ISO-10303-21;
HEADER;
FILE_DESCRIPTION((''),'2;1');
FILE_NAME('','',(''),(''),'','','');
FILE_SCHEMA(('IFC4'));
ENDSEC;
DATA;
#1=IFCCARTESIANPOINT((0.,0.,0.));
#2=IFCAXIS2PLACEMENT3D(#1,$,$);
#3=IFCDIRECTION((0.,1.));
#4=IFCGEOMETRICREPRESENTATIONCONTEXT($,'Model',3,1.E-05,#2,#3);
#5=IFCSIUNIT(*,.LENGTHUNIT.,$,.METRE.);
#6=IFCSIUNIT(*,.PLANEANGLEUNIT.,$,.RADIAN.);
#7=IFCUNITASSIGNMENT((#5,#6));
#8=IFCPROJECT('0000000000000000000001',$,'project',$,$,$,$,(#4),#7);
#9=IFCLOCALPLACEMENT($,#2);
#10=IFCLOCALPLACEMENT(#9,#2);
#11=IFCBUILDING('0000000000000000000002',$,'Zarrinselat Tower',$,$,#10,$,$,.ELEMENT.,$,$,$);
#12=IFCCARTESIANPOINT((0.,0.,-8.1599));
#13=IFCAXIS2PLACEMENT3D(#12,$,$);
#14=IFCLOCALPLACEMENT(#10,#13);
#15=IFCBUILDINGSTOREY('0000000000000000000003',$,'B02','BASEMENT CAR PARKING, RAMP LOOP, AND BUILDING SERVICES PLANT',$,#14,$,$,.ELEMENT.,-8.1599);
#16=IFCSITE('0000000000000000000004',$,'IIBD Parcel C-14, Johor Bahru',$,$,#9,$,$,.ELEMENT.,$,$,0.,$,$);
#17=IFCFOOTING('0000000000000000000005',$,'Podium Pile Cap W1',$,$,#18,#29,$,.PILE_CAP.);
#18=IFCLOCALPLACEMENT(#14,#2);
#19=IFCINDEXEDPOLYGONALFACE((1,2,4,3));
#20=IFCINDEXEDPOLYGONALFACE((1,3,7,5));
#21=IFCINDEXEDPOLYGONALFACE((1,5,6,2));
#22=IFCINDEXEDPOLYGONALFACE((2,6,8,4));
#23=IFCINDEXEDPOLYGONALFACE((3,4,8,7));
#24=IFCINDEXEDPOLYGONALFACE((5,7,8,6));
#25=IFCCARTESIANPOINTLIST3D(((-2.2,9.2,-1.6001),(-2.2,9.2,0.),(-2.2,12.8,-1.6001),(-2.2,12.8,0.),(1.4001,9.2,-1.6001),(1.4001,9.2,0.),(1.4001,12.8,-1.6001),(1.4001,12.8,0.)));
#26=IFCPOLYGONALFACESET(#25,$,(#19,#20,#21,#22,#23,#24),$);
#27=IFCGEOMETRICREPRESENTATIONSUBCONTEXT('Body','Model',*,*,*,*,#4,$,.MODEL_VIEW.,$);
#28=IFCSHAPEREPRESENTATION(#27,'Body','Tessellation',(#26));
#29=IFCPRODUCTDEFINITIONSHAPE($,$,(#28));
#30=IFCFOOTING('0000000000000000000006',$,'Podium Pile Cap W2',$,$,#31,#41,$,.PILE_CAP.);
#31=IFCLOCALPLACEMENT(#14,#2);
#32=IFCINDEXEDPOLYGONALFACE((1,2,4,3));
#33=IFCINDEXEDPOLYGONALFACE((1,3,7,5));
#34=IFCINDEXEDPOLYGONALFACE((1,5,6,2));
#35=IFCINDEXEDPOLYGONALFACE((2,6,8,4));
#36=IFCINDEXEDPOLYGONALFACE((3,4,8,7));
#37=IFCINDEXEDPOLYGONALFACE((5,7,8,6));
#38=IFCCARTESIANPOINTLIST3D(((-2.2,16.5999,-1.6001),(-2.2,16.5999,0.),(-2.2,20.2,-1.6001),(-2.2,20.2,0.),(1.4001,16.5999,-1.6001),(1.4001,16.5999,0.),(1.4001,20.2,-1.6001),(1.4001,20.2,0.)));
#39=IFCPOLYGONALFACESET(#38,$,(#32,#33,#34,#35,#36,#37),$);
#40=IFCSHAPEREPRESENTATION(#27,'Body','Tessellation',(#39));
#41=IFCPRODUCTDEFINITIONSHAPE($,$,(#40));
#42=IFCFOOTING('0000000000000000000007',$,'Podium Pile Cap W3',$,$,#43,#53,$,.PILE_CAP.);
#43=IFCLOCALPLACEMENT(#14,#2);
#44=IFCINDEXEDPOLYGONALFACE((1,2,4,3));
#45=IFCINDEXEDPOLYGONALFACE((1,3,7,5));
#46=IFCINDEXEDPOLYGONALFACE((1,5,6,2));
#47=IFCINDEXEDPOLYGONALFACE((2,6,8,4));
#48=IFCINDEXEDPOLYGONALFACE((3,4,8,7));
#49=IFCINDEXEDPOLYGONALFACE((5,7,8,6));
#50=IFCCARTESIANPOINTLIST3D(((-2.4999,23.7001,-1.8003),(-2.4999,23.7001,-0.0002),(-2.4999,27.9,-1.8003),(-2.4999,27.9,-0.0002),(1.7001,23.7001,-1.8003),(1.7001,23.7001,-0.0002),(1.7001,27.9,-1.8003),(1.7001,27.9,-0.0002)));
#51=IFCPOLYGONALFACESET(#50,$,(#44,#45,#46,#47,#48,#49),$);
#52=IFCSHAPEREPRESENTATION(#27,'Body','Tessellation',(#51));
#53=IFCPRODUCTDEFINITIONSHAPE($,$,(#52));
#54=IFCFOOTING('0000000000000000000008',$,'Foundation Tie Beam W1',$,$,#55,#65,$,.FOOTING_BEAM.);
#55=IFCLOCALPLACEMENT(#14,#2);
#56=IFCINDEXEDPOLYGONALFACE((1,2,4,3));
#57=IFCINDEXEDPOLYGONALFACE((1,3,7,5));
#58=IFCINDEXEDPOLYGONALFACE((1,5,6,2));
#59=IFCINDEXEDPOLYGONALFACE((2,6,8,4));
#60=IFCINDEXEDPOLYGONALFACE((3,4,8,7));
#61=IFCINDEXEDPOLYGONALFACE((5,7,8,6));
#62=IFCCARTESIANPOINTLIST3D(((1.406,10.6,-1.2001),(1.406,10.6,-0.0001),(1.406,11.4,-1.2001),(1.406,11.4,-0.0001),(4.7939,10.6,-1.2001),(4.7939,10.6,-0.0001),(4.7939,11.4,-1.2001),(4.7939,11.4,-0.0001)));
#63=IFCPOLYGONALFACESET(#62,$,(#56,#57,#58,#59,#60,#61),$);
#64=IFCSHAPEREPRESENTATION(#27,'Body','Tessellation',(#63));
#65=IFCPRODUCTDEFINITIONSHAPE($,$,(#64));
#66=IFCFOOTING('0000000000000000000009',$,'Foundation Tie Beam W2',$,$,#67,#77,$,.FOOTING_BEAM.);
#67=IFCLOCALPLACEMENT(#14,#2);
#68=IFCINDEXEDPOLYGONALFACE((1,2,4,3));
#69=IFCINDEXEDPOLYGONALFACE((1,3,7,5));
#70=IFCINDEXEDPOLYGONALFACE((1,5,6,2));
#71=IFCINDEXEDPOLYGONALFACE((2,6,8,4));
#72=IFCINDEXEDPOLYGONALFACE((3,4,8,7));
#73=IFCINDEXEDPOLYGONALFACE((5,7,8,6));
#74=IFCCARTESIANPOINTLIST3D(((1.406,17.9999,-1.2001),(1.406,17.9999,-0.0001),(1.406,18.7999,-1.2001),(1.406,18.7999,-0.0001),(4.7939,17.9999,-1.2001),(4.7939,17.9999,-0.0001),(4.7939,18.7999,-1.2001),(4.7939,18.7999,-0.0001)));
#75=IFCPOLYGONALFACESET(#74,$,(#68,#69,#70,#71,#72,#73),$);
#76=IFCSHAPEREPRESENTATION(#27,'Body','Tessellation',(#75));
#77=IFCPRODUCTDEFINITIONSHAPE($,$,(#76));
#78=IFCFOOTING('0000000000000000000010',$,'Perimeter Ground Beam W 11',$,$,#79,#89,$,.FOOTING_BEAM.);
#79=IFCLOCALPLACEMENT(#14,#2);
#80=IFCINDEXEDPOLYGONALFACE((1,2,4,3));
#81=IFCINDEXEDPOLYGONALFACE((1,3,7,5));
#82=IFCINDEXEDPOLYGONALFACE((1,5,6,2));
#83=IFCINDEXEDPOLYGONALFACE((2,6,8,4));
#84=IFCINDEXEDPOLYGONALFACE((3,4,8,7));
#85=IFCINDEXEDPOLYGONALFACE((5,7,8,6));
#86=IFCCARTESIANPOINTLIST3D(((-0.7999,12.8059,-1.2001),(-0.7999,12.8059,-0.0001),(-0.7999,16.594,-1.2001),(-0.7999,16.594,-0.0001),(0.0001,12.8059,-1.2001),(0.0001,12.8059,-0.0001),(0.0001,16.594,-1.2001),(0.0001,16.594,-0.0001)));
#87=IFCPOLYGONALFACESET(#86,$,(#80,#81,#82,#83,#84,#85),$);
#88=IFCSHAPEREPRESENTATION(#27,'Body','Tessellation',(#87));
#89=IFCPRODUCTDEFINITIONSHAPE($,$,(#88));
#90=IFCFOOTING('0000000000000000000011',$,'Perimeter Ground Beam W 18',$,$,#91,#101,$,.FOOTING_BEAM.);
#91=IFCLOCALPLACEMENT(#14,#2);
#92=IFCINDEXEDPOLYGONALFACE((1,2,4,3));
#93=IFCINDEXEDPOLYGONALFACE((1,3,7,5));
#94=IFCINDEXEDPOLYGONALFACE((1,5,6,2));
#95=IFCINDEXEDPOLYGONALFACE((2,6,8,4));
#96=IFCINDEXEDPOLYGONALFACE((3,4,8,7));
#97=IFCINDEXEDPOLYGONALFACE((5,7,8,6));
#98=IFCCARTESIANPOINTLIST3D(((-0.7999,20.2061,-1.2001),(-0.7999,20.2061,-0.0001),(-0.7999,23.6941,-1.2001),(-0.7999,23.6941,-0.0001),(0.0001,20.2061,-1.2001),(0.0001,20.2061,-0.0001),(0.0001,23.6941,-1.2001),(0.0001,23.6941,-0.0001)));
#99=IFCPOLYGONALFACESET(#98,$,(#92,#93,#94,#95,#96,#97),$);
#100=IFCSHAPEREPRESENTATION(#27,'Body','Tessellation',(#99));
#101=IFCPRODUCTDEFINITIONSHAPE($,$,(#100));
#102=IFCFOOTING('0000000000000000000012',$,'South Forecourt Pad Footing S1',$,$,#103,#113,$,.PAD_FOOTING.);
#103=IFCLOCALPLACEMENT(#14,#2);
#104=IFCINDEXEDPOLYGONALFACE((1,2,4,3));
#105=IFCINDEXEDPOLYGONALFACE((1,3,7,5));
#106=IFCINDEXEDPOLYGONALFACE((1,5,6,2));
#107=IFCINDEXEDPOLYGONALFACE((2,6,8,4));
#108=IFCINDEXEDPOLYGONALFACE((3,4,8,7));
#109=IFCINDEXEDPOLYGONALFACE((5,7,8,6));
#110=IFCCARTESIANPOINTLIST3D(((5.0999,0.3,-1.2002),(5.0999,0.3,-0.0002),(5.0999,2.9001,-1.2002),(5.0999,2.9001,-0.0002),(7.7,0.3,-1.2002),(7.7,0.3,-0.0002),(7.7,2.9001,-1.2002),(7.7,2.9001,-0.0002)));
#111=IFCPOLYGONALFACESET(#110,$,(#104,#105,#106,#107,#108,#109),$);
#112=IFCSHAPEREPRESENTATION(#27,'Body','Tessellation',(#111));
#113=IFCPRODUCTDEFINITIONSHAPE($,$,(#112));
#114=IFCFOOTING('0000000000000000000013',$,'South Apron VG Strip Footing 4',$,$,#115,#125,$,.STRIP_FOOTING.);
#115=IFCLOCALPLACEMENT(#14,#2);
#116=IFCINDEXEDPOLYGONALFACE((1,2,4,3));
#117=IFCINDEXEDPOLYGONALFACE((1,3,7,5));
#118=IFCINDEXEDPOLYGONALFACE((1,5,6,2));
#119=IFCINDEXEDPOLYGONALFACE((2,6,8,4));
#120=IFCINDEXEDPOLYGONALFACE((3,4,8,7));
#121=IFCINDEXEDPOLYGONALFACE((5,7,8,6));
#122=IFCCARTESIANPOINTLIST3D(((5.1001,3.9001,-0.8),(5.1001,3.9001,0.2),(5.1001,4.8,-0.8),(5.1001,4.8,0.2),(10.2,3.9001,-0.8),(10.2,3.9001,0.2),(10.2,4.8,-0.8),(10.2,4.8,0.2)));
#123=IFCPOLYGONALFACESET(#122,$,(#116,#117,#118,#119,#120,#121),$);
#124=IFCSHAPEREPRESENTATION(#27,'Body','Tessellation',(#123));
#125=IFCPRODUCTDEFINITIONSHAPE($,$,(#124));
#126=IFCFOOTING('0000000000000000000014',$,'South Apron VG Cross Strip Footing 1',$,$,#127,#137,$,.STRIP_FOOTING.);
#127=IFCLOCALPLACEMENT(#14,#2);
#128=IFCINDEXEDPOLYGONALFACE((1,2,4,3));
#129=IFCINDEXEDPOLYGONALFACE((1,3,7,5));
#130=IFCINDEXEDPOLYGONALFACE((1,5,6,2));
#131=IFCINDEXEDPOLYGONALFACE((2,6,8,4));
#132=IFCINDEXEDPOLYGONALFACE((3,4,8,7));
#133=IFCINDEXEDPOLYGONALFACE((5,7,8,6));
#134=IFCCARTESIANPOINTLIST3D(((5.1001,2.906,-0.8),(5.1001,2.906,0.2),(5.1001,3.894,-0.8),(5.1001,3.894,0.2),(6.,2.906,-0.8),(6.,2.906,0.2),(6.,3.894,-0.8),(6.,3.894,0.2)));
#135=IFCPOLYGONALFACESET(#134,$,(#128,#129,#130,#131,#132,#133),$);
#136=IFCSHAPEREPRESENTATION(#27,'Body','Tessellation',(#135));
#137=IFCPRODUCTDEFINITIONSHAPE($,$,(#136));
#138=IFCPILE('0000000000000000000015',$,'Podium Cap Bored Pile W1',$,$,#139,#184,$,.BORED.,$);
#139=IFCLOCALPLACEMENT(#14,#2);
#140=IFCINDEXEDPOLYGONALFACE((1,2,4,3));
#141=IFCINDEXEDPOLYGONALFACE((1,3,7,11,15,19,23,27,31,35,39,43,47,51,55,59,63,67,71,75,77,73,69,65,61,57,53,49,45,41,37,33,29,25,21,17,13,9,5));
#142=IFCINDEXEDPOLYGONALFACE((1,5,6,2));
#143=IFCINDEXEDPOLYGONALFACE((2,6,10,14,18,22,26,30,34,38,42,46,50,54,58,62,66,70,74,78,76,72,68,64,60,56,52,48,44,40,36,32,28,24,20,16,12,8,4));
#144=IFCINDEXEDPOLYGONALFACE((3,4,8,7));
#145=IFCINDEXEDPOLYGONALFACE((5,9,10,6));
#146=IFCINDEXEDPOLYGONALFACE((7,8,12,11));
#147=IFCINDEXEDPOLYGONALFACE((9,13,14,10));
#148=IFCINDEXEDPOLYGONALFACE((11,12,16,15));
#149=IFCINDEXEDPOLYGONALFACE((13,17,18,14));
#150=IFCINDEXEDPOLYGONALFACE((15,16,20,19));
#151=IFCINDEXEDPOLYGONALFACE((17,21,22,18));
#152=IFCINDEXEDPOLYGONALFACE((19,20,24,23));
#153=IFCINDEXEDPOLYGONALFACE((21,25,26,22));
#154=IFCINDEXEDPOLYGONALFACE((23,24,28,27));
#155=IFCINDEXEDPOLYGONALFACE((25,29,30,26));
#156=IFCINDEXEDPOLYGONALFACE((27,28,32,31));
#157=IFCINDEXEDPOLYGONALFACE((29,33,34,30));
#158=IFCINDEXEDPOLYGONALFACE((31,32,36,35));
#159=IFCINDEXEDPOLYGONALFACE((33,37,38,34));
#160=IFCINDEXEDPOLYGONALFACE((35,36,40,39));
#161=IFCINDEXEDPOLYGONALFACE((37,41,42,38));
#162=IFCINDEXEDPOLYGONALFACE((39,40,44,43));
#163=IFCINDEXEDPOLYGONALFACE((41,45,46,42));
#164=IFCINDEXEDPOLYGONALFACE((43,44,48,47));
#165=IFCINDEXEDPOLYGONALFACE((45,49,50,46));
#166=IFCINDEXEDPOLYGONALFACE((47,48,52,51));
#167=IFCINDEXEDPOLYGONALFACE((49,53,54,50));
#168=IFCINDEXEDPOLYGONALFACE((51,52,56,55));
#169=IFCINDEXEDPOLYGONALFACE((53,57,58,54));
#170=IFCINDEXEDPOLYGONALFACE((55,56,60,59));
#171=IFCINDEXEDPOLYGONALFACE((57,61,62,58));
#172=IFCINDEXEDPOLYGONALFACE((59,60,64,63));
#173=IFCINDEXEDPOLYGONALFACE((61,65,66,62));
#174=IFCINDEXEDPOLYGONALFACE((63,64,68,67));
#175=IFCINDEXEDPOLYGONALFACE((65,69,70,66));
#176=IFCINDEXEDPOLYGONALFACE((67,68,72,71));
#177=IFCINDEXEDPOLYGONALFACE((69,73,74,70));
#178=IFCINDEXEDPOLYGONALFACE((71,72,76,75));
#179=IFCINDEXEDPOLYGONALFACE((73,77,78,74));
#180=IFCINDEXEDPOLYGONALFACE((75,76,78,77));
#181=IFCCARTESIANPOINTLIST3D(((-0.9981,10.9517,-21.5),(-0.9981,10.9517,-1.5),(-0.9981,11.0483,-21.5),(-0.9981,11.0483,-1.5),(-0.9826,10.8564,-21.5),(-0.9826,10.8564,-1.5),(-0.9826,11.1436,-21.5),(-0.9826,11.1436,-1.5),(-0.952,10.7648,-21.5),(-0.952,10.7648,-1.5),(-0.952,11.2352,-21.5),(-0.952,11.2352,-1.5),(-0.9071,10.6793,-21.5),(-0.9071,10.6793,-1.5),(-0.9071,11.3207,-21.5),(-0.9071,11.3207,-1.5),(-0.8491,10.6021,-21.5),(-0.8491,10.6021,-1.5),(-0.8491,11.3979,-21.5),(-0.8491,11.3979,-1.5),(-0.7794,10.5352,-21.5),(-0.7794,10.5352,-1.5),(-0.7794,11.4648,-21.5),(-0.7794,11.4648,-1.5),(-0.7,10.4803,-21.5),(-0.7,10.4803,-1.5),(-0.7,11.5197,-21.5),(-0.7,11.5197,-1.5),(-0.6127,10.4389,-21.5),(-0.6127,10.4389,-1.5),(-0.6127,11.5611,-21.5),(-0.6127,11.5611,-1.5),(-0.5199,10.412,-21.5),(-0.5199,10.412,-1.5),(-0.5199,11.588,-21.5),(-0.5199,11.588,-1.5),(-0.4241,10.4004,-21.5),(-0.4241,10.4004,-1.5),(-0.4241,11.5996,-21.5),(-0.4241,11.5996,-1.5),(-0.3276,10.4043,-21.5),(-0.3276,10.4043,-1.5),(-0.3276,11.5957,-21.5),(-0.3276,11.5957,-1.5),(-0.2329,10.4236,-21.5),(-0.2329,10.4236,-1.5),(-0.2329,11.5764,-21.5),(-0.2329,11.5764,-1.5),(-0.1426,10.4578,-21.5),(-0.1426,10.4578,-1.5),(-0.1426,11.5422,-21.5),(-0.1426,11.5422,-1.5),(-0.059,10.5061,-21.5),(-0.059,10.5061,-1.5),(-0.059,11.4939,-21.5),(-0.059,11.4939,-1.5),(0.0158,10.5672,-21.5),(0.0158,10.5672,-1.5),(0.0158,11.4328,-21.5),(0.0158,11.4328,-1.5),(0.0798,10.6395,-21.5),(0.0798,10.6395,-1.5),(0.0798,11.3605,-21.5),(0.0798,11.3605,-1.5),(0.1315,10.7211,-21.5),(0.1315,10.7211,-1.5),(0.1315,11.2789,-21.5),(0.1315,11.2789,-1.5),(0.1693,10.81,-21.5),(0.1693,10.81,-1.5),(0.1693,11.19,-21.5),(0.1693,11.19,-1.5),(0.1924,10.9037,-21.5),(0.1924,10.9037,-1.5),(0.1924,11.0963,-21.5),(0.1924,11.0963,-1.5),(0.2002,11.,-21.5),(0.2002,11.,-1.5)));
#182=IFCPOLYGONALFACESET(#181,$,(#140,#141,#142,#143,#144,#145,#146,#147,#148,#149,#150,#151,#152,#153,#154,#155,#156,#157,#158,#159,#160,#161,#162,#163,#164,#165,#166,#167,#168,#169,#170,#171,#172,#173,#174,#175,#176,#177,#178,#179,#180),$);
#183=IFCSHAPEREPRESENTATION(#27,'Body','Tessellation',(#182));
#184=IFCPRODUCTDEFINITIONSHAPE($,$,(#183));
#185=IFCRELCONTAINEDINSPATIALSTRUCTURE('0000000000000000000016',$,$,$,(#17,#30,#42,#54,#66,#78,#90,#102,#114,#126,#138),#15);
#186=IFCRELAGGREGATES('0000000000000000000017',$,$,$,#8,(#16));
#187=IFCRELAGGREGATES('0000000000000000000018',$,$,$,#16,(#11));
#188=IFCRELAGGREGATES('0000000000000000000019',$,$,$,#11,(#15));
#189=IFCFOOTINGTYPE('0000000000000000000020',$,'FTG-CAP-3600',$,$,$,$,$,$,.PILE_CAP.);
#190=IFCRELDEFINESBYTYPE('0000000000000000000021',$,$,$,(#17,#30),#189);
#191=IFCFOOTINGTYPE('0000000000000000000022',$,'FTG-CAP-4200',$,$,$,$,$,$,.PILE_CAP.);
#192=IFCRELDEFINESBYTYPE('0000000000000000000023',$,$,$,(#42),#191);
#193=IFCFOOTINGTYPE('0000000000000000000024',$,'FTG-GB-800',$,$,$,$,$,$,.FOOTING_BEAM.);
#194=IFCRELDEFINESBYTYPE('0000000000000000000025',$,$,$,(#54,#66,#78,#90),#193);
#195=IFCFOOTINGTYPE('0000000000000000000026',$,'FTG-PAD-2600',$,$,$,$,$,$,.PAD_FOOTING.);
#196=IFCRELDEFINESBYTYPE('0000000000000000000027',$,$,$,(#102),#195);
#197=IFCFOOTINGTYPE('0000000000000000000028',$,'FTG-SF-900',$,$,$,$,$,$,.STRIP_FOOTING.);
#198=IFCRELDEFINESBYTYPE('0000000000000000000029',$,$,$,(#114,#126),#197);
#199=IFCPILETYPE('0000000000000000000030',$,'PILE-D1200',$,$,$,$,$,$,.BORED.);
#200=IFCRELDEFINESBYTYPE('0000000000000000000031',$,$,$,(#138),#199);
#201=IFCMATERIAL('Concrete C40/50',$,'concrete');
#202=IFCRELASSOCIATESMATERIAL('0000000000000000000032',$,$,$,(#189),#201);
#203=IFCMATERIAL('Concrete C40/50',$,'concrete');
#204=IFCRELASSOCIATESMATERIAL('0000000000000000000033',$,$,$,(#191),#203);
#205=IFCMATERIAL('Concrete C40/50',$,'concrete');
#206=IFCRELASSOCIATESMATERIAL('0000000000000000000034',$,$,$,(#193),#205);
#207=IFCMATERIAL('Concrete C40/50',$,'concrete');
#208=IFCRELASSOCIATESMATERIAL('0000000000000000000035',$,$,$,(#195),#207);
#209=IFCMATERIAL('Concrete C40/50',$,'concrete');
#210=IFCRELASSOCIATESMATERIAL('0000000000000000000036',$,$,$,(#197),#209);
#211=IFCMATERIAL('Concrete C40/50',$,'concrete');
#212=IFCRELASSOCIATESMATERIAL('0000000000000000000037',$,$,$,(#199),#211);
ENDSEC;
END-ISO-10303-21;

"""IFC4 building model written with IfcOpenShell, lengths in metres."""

from ifc_helpers import new_model, si_unit, direction, frame, origin, origin_2d, place, context, subcontext, project, spatial, rectangle, circle, extrude, material, material_profile, profile_set, type_object, element, save


model = new_model("IFC4")

# Units and contexts
model_context = context("Model", 3, precision=1e-05, world=origin(), true_north=direction((0.0, 1.0)))
body_context = subcontext(model_context, "Body", "Model", "MODEL_VIEW")
ifc_project = project(units=[si_unit("LENGTHUNIT", "METRE"), si_unit("PLANEANGLEUNIT", "RADIAN")], contexts=[model_context])

# Site, building, storey
site_placement = place(None, origin())
site = spatial("IfcSite", under=ifc_project, at=site_placement, Name="IIBD Parcel C-14, Johor Bahru", CompositionType="ELEMENT", RefElevation=0.0)
building_placement = place(site_placement, origin())
building = spatial("IfcBuilding", under=site, at=building_placement, Name="Zarrinselat Tower", CompositionType="ELEMENT")
storey_placement = place(building_placement, frame((0.0, 0.0, -8.1599)))
storey = spatial("IfcBuildingStorey", under=building, at=storey_placement, Name="B02", Description="BASEMENT CAR PARKING, RAMP LOOP, AND BUILDING SERVICES PLANT", CompositionType="ELEMENT", Elevation=-8.1599)

# Footings
ifc_material_1 = material(Name="Concrete C40/50", Category="concrete")
footing_type_1 = type_object("IfcFootingType", Name="FTG-CAP-3600", PredefinedType="PILE_CAP", material=ifc_material_1)
for number, where, z_axis, x_axis, name in (
    (1, (-0.3999, 11.0, -1.6001), (0.0, 0.0, 1.0), (1.0, 0.0, 0.0), "Podium Pile Cap W1"),
    (2, (-0.3999, 18.3999, -1.6001), (0.0, 0.0, 1.0), (1.0, 0.0, 0.0), "Podium Pile Cap W2"),
):
    element("IfcFooting", number, at=place(storey_placement, frame(where, z_axis=z_axis, x_axis=x_axis)), inside=storey, type_object=footing_type_1, Name=name, PredefinedType="PILE_CAP", context=body_context, shape_type="SweptSolid", body=[
        extrude(rectangle(XDim=3.6001, YDim=3.6001, at=origin_2d()), origin(), (0.0, 0.0, 1.0), 1.6001),
    ])
ifc_material_2 = material(Name="Concrete C40/50", Category="concrete")
footing_type_2 = type_object("IfcFootingType", Name="FTG-CAP-4200", PredefinedType="PILE_CAP", material=ifc_material_2)
footing_1_placement = place(storey_placement, frame((-0.3999, 25.8, -1.8003), z_axis=(0.0, 0.0, 1.0), x_axis=(1.0, 0.0, 0.0)))
element("IfcFooting", 3, at=footing_1_placement, inside=storey, type_object=footing_type_2, Name="Podium Pile Cap W3", PredefinedType="PILE_CAP", context=body_context, shape_type="SweptSolid", body=[
    extrude(rectangle(XDim=4.2, YDim=4.2, at=origin_2d()), origin(), (0.0, 0.0, 1.0), 1.8),
])
ifc_material_3 = material(Name="Concrete C40/50", Category="concrete")
ifc_material_profile_1 = material_profile(ifc_material_3, rectangle(XDim=0.8, YDim=1.2, at=origin_2d()), Name="RC GB 800x1200")
ifc_profile_set_1 = profile_set([ifc_material_profile_1], Name="Concrete C40/50")
footing_type_3 = type_object("IfcFootingType", Name="FTG-GB-800", PredefinedType="FOOTING_BEAM", material=ifc_profile_set_1)
for number, where, z_axis, x_axis, name in (
    (4, (1.406, 11.0, -0.6001), (1.0, 0.0, 0.0), (0.0, 1.0, 0.0), "Foundation Tie Beam W1"),
    (5, (1.406, 18.3999, -0.6001), (1.0, 0.0, 0.0), (0.0, 1.0, 0.0), "Foundation Tie Beam W2"),
):
    element("IfcFooting", number, at=place(storey_placement, frame(where, z_axis=z_axis, x_axis=x_axis)), inside=storey, type_object=footing_type_3, Name=name, PredefinedType="FOOTING_BEAM", context=body_context, shape_type="SweptSolid", body=[
        extrude(rectangle(XDim=0.8, YDim=1.2, at=origin_2d()), origin(), (0.0, 0.0, 1.0), 3.3879),
    ])
footing_2_placement = place(storey_placement, frame((-0.3999, 12.8059, -0.6001), z_axis=(0.0, 1.0, 0.0), x_axis=(-1.0, 0.0, 0.0)))
element("IfcFooting", 6, at=footing_2_placement, inside=storey, type_object=footing_type_3, Name="Perimeter Ground Beam W 11", PredefinedType="FOOTING_BEAM", context=body_context, shape_type="SweptSolid", body=[
    extrude(rectangle(XDim=0.8, YDim=1.2, at=origin_2d()), origin(), (0.0, 0.0, 1.0), 3.7881),
])
footing_3_placement = place(storey_placement, frame((-0.3999, 20.2061, -0.6001), z_axis=(0.0, 1.0, 0.0), x_axis=(-1.0, 0.0, 0.0)))
element("IfcFooting", 7, at=footing_3_placement, inside=storey, type_object=footing_type_3, Name="Perimeter Ground Beam W 18", PredefinedType="FOOTING_BEAM", context=body_context, shape_type="SweptSolid", body=[
    extrude(rectangle(XDim=0.8, YDim=1.2, at=origin_2d()), origin(), (0.0, 0.0, 1.0), 3.488),
])
ifc_material_4 = material(Name="Concrete C40/50", Category="concrete")
footing_type_4 = type_object("IfcFootingType", Name="FTG-PAD-2600", PredefinedType="PAD_FOOTING", material=ifc_material_4)
footing_4_placement = place(storey_placement, frame((6.3999, 1.6001, -1.2002), z_axis=(0.0, 0.0, 1.0), x_axis=(1.0, 0.0, 0.0)))
element("IfcFooting", 8, at=footing_4_placement, inside=storey, type_object=footing_type_4, Name="South Forecourt Pad Footing S1", PredefinedType="PAD_FOOTING", context=body_context, shape_type="SweptSolid", body=[
    extrude(rectangle(XDim=2.6001, YDim=2.6001, at=origin_2d()), origin(), (0.0, 0.0, 1.0), 1.2),
])
ifc_material_5 = material(Name="Concrete C40/50", Category="concrete")
ifc_material_profile_2 = material_profile(ifc_material_5, rectangle(XDim=0.8999, YDim=1.0, at=origin_2d()), Name="RC SF 900x1000")
ifc_profile_set_2 = profile_set([ifc_material_profile_2], Name="Concrete C40/50")
footing_type_5 = type_object("IfcFootingType", Name="FTG-SF-900", PredefinedType="STRIP_FOOTING", material=ifc_profile_set_2)
footing_5_placement = place(storey_placement, frame((5.1001, 4.3501, -0.3), z_axis=(1.0, 0.0, 0.0), x_axis=(0.0, 1.0, 0.0)))
element("IfcFooting", 9, at=footing_5_placement, inside=storey, type_object=footing_type_5, Name="South Apron VG Strip Footing 4", PredefinedType="STRIP_FOOTING", context=body_context, shape_type="SweptSolid", body=[
    extrude(rectangle(XDim=0.8999, YDim=1.0, at=origin_2d()), origin(), (0.0, 0.0, 1.0), 5.0999),
])
footing_6_placement = place(storey_placement, frame((5.55, 2.906, -0.3), z_axis=(0.0, 1.0, 0.0), x_axis=(-1.0, 0.0, 0.0)))
element("IfcFooting", 10, at=footing_6_placement, inside=storey, type_object=footing_type_5, Name="South Apron VG Cross Strip Footing 1", PredefinedType="STRIP_FOOTING", context=body_context, shape_type="SweptSolid", body=[
    extrude(rectangle(XDim=0.8999, YDim=1.0, at=origin_2d()), origin(), (0.0, 0.0, 1.0), 0.988),
])

# Pile
ifc_material_6 = material(Name="Concrete C40/50", Category="concrete")
ifc_material_profile_3 = material_profile(ifc_material_6, circle(Radius=0.6001, at=origin_2d()), Name="BORED PILE D1200")
ifc_profile_set_3 = profile_set([ifc_material_profile_3], Name="Concrete C40/50")
pile_type = type_object("IfcPileType", Name="PILE-D1200", PredefinedType="BORED", material=ifc_profile_set_3)
for number, where, z_axis, x_axis, name in (
    (11, (-0.3999, 11.0, -1.5), (0.0, 0.0, -1.0), (1.0, 0.0, 0.0), "Podium Cap Bored Pile W1"),
):
    element("IfcPile", number, at=place(storey_placement, frame(where, z_axis=z_axis, x_axis=x_axis)), inside=storey, type_object=pile_type, Name=name, PredefinedType="BORED", context=body_context, shape_type="SweptSolid", body=[
        extrude(circle(Radius=0.6001, at=origin_2d()), origin(), (0.0, 0.0, 1.0), 20.0),
    ])

save(model, "model.ifc")
